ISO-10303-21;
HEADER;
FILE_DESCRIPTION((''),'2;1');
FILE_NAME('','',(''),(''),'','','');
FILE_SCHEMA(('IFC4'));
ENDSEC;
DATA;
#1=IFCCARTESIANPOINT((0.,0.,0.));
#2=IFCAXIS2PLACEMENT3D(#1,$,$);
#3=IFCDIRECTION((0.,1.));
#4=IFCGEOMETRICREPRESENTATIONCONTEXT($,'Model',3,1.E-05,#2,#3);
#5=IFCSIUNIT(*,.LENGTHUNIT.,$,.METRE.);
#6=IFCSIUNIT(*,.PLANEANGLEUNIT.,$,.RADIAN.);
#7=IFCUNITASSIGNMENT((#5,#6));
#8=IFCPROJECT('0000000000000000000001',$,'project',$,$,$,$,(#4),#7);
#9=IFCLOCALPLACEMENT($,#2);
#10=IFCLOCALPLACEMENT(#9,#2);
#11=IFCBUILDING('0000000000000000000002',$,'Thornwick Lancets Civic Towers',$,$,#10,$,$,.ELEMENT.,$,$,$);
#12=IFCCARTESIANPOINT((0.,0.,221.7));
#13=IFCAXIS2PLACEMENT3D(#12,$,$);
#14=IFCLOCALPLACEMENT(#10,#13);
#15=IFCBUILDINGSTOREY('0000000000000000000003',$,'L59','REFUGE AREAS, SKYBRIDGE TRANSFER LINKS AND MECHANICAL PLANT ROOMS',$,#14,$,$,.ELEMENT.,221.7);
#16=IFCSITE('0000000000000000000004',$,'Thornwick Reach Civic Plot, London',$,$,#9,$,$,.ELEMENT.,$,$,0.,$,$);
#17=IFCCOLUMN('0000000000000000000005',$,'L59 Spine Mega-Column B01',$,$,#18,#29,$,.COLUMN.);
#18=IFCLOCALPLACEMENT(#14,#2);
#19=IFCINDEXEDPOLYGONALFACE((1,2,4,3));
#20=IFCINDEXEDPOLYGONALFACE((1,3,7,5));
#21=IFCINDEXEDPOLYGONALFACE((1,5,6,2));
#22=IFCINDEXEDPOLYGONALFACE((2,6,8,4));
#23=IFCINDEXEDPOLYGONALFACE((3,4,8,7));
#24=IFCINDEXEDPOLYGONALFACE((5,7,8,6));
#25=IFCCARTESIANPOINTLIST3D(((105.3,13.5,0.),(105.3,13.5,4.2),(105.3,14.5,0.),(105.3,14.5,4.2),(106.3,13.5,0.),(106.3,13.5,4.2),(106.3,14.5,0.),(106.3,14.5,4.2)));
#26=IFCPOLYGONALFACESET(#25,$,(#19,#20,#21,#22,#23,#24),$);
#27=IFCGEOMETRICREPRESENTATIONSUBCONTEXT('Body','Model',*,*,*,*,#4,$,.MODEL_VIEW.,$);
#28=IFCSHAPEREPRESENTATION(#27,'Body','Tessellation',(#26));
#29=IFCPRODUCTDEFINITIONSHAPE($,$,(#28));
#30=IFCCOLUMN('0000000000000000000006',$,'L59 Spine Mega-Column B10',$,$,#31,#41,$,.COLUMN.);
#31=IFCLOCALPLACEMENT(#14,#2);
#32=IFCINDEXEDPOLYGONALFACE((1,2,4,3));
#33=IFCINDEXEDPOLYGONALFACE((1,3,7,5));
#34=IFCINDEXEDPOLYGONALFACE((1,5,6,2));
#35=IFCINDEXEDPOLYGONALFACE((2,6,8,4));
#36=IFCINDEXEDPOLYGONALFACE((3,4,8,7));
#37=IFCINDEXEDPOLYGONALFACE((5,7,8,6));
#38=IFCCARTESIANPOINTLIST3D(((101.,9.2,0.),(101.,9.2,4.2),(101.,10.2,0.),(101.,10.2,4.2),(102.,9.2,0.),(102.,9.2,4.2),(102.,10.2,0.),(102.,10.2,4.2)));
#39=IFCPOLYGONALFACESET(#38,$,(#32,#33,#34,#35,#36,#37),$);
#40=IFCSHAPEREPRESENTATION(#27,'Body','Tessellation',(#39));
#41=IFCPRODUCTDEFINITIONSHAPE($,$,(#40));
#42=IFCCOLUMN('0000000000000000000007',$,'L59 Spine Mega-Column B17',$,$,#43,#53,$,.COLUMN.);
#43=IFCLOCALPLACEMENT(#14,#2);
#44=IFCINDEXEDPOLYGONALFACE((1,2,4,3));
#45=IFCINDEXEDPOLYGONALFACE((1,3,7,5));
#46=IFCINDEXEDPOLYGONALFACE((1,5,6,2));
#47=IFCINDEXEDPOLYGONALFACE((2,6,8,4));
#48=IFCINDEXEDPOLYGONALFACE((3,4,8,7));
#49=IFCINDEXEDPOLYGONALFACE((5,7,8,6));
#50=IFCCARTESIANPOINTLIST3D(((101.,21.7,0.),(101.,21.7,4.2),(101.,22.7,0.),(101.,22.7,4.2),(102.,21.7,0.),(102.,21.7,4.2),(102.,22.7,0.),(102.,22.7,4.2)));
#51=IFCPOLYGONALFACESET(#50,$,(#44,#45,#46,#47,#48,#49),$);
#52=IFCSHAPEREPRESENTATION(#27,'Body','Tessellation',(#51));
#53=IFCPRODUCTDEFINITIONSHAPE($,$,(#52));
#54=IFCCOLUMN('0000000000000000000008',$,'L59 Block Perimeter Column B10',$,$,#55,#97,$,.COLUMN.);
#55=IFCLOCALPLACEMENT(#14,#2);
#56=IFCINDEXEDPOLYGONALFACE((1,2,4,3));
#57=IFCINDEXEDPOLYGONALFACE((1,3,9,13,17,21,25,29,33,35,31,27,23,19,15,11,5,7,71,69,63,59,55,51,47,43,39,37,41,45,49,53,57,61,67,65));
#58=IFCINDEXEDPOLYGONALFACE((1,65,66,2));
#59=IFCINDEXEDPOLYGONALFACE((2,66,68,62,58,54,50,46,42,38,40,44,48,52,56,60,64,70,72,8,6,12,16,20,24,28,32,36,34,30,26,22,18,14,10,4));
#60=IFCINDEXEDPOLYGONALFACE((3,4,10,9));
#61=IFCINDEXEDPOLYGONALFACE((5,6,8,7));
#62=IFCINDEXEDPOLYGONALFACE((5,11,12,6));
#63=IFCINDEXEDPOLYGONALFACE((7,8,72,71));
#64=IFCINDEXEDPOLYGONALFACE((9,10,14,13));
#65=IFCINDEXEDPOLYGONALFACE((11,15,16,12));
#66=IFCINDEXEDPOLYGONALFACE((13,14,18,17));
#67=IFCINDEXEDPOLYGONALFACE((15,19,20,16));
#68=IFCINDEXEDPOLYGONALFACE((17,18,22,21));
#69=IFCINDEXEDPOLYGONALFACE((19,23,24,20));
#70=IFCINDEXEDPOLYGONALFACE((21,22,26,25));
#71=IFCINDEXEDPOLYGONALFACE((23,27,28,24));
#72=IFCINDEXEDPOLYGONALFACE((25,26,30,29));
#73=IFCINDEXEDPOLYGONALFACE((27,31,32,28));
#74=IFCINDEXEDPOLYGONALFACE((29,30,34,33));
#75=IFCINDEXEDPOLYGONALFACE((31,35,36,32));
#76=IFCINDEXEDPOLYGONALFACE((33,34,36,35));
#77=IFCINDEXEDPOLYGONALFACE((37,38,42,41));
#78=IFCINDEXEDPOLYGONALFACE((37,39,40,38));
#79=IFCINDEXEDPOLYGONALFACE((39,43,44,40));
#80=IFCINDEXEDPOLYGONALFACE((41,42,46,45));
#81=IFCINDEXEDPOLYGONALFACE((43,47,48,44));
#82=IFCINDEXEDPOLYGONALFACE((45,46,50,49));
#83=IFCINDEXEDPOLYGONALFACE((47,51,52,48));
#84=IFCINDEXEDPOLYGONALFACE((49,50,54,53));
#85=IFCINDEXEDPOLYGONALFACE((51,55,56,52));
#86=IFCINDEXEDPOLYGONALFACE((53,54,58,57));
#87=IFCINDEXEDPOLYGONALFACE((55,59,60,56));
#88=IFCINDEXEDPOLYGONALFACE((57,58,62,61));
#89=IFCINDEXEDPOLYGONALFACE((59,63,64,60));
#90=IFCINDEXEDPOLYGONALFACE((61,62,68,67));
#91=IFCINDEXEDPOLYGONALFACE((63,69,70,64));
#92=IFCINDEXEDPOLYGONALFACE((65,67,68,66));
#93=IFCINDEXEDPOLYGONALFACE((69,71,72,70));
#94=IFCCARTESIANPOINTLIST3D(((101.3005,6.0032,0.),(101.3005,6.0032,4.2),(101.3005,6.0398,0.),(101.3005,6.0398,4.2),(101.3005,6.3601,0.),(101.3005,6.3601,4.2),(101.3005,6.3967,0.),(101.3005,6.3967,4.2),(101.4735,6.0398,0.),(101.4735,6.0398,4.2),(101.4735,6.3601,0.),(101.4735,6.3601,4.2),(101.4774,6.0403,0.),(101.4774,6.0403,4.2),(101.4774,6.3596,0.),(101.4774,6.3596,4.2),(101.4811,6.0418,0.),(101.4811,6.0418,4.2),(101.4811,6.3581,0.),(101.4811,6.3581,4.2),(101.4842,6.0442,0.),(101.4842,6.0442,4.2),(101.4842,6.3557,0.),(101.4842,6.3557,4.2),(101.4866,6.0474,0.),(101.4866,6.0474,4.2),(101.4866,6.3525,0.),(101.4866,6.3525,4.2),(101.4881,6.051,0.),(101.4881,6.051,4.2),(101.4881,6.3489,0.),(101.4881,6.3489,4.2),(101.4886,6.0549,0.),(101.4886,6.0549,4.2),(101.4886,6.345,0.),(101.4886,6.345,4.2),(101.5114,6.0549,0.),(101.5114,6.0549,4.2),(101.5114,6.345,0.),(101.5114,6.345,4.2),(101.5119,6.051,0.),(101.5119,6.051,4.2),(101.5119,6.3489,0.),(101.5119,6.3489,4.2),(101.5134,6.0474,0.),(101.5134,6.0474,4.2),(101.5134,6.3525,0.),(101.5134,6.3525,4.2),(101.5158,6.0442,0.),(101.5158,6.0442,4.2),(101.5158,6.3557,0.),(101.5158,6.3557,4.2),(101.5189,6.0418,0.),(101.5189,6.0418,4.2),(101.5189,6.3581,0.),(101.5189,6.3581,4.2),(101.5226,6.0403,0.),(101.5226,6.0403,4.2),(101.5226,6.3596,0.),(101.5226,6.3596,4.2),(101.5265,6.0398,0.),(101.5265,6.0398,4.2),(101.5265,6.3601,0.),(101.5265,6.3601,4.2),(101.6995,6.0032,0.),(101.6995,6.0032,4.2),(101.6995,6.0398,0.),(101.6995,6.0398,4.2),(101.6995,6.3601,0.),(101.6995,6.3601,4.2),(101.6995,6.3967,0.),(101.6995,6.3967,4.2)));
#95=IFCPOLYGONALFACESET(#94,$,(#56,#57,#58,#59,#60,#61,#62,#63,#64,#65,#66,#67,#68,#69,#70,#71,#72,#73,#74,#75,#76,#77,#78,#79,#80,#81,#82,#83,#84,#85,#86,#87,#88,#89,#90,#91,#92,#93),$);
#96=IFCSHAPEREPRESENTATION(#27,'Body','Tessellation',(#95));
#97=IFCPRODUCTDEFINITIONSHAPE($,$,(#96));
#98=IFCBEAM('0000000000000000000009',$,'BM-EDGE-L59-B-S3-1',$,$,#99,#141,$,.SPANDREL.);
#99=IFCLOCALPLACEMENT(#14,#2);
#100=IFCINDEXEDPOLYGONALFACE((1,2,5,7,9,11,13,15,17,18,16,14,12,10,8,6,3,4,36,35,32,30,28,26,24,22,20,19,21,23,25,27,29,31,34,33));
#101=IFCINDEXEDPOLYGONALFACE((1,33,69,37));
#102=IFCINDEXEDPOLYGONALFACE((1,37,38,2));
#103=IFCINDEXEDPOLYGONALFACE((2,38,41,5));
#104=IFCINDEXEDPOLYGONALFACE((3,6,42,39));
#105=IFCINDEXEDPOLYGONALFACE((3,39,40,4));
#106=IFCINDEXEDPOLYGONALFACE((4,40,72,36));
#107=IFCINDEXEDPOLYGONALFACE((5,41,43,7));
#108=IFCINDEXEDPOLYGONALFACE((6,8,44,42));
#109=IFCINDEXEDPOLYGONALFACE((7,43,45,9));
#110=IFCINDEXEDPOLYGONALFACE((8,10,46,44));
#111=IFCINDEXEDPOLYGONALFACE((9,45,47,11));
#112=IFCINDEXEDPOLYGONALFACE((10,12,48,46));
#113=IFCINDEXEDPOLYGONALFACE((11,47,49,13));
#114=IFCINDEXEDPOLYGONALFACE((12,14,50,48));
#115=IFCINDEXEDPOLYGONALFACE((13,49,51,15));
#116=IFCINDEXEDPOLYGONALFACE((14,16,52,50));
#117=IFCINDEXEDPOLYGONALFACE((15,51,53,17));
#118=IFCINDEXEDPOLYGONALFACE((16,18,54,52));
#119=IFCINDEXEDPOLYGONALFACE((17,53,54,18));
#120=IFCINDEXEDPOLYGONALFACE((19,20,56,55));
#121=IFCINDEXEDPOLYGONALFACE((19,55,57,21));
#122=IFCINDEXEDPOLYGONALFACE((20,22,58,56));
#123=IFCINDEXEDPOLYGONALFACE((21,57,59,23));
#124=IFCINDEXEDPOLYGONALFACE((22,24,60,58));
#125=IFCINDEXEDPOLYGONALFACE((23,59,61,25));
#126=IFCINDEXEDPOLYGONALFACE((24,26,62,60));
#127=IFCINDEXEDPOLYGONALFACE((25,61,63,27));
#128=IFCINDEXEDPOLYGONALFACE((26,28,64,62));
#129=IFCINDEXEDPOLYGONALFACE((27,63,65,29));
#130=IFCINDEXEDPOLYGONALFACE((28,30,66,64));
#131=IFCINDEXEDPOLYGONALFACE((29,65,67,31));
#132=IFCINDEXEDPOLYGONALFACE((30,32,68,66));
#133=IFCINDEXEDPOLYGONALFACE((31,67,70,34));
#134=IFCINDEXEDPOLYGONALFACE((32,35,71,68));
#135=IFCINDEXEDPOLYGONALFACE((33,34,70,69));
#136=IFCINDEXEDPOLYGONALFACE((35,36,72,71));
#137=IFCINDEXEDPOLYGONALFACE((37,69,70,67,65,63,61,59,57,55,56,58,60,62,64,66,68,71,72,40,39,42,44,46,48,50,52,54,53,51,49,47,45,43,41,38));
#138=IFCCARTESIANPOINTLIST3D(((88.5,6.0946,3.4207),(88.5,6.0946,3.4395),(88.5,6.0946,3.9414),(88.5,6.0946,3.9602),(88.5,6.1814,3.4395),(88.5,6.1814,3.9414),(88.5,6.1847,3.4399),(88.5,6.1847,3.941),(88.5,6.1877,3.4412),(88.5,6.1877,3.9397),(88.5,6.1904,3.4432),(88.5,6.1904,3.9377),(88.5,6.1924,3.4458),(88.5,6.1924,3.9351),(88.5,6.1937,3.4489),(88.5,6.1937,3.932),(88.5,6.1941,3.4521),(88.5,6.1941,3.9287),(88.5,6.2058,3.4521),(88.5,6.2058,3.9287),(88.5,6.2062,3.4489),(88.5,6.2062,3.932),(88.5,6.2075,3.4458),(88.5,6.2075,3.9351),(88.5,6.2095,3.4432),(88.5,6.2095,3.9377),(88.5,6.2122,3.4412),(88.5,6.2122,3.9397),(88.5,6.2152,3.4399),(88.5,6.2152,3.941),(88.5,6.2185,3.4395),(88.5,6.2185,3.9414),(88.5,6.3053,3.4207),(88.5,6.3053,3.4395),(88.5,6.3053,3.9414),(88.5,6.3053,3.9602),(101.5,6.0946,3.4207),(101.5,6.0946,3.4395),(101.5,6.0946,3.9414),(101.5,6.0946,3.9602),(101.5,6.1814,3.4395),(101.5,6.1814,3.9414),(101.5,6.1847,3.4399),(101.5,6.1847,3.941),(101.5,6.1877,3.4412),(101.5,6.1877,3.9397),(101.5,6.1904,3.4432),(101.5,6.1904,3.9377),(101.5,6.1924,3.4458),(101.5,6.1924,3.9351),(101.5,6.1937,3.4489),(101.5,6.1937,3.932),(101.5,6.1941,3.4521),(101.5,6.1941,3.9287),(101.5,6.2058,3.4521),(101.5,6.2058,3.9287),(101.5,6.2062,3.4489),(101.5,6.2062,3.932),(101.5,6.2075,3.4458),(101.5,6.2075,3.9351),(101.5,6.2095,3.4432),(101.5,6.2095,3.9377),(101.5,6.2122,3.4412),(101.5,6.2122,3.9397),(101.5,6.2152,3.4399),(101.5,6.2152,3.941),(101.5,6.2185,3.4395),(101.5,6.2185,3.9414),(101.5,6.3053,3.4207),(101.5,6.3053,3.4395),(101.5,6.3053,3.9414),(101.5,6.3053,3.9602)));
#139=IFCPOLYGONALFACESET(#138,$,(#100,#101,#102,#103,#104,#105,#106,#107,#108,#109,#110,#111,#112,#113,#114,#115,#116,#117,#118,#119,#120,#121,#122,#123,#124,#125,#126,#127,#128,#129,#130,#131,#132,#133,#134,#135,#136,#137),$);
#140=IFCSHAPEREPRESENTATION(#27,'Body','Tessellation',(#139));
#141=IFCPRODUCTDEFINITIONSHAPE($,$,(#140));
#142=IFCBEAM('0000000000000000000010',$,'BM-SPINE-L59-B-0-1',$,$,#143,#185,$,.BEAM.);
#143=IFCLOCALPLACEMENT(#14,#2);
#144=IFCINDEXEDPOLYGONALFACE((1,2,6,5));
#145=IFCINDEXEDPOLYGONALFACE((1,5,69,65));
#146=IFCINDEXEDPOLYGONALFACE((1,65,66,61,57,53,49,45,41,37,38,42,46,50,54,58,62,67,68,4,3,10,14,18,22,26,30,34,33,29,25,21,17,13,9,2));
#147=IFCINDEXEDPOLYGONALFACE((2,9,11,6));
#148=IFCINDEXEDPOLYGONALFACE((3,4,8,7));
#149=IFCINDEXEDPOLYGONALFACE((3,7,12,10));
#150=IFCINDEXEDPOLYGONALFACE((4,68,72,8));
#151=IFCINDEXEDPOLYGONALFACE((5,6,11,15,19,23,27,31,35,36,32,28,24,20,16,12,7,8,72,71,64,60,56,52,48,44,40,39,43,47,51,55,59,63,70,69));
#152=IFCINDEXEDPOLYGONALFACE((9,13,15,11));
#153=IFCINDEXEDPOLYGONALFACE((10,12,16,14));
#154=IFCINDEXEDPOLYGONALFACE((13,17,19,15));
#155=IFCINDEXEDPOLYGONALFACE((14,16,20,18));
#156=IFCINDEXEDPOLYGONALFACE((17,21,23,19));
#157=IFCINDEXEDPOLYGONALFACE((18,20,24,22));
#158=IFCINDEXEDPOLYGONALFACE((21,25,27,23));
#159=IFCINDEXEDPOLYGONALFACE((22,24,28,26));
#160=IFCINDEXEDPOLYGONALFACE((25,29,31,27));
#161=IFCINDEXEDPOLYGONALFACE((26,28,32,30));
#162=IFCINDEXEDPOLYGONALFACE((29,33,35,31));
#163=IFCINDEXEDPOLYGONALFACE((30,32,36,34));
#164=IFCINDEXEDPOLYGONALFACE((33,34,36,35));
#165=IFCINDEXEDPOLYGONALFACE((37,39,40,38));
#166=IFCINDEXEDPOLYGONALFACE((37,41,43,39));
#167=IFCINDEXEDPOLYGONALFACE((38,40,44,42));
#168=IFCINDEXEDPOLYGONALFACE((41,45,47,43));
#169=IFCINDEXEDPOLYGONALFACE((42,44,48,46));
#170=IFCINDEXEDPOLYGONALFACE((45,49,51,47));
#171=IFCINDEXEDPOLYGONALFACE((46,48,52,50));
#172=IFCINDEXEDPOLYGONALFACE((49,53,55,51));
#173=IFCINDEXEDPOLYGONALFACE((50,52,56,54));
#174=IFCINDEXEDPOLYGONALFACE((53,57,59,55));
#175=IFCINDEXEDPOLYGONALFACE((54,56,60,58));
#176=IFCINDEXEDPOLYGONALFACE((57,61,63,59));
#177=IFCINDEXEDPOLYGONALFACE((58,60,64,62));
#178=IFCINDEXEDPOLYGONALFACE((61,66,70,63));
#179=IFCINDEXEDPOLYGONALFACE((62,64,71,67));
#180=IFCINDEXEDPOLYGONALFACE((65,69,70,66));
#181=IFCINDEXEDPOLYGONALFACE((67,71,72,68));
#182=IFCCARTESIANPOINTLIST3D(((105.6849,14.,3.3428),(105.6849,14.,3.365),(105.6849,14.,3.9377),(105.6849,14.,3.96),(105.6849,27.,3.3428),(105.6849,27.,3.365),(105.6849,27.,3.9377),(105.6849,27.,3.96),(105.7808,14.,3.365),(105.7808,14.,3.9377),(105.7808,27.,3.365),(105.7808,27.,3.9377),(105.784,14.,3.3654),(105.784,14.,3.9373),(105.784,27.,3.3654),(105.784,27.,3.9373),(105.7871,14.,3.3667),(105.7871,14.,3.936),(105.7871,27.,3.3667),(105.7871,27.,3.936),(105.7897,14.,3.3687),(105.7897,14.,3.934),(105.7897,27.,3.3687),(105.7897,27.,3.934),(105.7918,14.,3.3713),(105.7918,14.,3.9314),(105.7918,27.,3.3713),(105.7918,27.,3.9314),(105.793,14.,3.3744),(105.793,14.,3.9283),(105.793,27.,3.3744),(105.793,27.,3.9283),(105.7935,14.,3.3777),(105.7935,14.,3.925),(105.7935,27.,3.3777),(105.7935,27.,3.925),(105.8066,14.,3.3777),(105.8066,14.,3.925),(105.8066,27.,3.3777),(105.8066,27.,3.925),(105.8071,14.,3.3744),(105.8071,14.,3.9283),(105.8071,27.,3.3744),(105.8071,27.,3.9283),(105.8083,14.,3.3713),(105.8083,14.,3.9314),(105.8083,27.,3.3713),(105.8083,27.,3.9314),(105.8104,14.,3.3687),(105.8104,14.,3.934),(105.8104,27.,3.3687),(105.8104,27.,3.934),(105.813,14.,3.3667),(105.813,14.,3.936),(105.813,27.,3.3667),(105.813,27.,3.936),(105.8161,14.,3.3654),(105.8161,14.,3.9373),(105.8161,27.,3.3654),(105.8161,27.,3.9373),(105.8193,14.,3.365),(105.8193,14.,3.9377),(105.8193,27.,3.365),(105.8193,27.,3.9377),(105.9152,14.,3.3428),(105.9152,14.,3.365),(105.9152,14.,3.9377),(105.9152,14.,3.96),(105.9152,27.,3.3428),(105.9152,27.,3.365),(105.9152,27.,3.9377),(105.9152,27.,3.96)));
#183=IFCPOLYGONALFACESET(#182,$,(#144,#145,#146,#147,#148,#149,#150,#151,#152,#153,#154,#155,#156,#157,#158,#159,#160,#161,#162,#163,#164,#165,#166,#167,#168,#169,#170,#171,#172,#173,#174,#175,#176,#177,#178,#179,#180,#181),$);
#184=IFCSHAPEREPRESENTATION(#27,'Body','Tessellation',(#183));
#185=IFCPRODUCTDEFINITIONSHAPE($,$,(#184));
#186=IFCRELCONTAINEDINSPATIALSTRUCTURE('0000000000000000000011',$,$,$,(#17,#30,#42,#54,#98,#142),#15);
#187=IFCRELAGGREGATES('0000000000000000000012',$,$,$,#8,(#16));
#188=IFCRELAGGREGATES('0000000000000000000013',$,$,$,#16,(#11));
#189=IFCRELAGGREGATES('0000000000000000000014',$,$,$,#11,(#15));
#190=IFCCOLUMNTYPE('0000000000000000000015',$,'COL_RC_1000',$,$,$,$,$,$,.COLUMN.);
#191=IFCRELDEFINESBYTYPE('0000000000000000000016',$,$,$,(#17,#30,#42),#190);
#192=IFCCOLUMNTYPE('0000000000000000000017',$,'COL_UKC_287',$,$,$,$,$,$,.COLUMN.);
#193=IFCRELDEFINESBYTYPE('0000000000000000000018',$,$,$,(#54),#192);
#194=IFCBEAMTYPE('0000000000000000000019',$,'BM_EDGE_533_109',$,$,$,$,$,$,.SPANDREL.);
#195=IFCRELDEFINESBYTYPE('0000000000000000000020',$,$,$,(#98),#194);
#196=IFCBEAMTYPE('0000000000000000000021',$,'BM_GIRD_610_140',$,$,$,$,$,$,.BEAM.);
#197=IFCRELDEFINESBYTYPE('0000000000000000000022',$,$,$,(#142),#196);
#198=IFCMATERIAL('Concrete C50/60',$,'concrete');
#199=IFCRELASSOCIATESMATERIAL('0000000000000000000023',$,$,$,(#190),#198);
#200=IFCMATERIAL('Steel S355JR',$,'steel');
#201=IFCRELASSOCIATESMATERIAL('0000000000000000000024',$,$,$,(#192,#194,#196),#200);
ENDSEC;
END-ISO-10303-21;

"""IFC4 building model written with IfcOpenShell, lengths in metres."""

from ifc_helpers import new_model, si_unit, direction, frame, origin, origin_2d, place, context, subcontext, project, spatial, rectangle, i_section, extrude, material, material_profile, profile_set, type_object, element, save


model = new_model("IFC4")

# Units and contexts
model_context = context("Model", 3, precision=1e-05, world=origin(), true_north=direction((0.0, 1.0)))
body_context = subcontext(model_context, "Body", "Model", "MODEL_VIEW")
ifc_project = project(units=[si_unit("LENGTHUNIT", "METRE"), si_unit("PLANEANGLEUNIT", "RADIAN")], contexts=[model_context])

# Site, building, storey
site_placement = place(None, origin())
site = spatial("IfcSite", under=ifc_project, at=site_placement, Name="Thornwick Reach Civic Plot, London", CompositionType="ELEMENT", RefElevation=0.0)
building_placement = place(site_placement, origin())
building = spatial("IfcBuilding", under=site, at=building_placement, Name="Thornwick Lancets Civic Towers", CompositionType="ELEMENT")
storey_placement = place(building_placement, frame((0.0, 0.0, 221.7)))
storey = spatial("IfcBuildingStorey", under=building, at=storey_placement, Name="L59", Description="REFUGE AREAS, SKYBRIDGE TRANSFER LINKS AND MECHANICAL PLANT ROOMS", CompositionType="ELEMENT", Elevation=221.7)

# Columns
ifc_material_1 = material(Name="Concrete C50/60", Category="concrete")
ifc_material_profile_1 = material_profile(ifc_material_1, rectangle(XDim=1.0, YDim=1.0, at=origin_2d()), Name="RC 1000x1000")
ifc_profile_set_1 = profile_set([ifc_material_profile_1], Name="Concrete C50/60")
column_type_1 = type_object("IfcColumnType", Name="COL_RC_1000", PredefinedType="COLUMN", material=ifc_profile_set_1)
for number, where, z_axis, x_axis, name in (
    (1, (105.8, 14.0, 0.0), (0.0, 0.0, 1.0), (1.0, 0.0, 0.0), "L59 Spine Mega-Column B01"),
    (2, (101.5, 9.7, 0.0), (0.0, 0.0, 1.0), (1.0, 0.0, 0.0), "L59 Spine Mega-Column B10"),
    (3, (101.5, 22.2, 0.0), (0.0, 0.0, 1.0), (1.0, 0.0, 0.0), "L59 Spine Mega-Column B17"),
):
    element("IfcColumn", number, at=place(storey_placement, frame(where, z_axis=z_axis, x_axis=x_axis)), inside=storey, type_object=column_type_1, Name=name, PredefinedType="COLUMN", context=body_context, shape_type="SweptSolid", body=[
        extrude(rectangle(XDim=1.0, YDim=1.0, at=origin_2d()), origin(), (0.0, 0.0, 1.0), 4.2),
    ])
ifc_material_2 = material(Name="Steel S355JR", Category="steel")
ifc_material_profile_2 = material_profile(ifc_material_2, i_section(OverallWidth=0.3989, OverallDepth=0.3936, WebThickness=0.0227, FlangeThickness=0.0366, FilletRadius=0.0151, at=origin_2d()), Name="UKC 356x406x287")
ifc_profile_set_2 = profile_set([ifc_material_profile_2], Name="Steel S355JR")
column_type_2 = type_object("IfcColumnType", Name="COL_UKC_287", PredefinedType="COLUMN", material=ifc_profile_set_2)
column_placement = place(storey_placement, frame((101.5, 6.2, 0.0), z_axis=(0.0, 0.0, 1.0), x_axis=(1.0, 0.0, 0.0)))
element("IfcColumn", 4, at=column_placement, inside=storey, type_object=column_type_2, Name="L59 Block Perimeter Column B10", PredefinedType="COLUMN", context=body_context, shape_type="SweptSolid", body=[
    extrude(i_section(OverallWidth=0.3989, OverallDepth=0.3936, WebThickness=0.0227, FlangeThickness=0.0366, FilletRadius=0.0151, at=origin_2d()), origin(), (0.0, 0.0, 1.0), 4.2),
])

# Beams
ifc_material_profile_3 = material_profile(ifc_material_2, i_section(OverallWidth=0.2107, OverallDepth=0.5396, WebThickness=0.0117, FlangeThickness=0.0188, FilletRadius=0.0127, at=origin_2d()), Name="UKB 533x210x109")
ifc_profile_set_3 = profile_set([ifc_material_profile_3], Name="Steel S355JR")
beam_type_1 = type_object("IfcBeamType", Name="BM_EDGE_533_109", PredefinedType="SPANDREL", material=ifc_profile_set_3)
beam_1_placement = place(storey_placement, frame((101.5, 6.2, 3.6904), z_axis=(-1.0, 0.0, 0.0), x_axis=(0.0, -1.0, 0.0)))
element("IfcBeam", 5, at=beam_1_placement, inside=storey, type_object=beam_type_1, Name="BM-EDGE-L59-B-S3-1", PredefinedType="SPANDREL", context=body_context, shape_type="SweptSolid", body=[
    extrude(i_section(OverallWidth=0.2107, OverallDepth=0.5396, WebThickness=0.0117, FlangeThickness=0.0188, FilletRadius=0.0127, at=origin_2d()), origin(), (0.0, 0.0, 1.0), 13.0),
])
ifc_material_profile_4 = material_profile(ifc_material_2, i_section(OverallWidth=0.2302, OverallDepth=0.6172, WebThickness=0.0132, FlangeThickness=0.0222, FilletRadius=0.0127, at=origin_2d()), Name="UKB 610x229x140")
ifc_profile_set_4 = profile_set([ifc_material_profile_4], Name="Steel S355JR")
beam_type_2 = type_object("IfcBeamType", Name="BM_GIRD_610_140", PredefinedType="BEAM", material=ifc_profile_set_4)
for number, where, z_axis, x_axis, name in (
    (6, (105.8, 14.0, 3.6514), (0.0, 1.0, 0.0), (-1.0, 0.0, 0.0), "BM-SPINE-L59-B-0-1"),
):
    element("IfcBeam", number, at=place(storey_placement, frame(where, z_axis=z_axis, x_axis=x_axis)), inside=storey, type_object=beam_type_2, Name=name, PredefinedType="BEAM", context=body_context, shape_type="SweptSolid", body=[
        extrude(i_section(OverallWidth=0.2302, OverallDepth=0.6172, WebThickness=0.0132, FlangeThickness=0.0222, FilletRadius=0.0127, at=origin_2d()), origin(), (0.0, 0.0, 1.0), 13.0),
    ])

save(model, "model.ifc")
